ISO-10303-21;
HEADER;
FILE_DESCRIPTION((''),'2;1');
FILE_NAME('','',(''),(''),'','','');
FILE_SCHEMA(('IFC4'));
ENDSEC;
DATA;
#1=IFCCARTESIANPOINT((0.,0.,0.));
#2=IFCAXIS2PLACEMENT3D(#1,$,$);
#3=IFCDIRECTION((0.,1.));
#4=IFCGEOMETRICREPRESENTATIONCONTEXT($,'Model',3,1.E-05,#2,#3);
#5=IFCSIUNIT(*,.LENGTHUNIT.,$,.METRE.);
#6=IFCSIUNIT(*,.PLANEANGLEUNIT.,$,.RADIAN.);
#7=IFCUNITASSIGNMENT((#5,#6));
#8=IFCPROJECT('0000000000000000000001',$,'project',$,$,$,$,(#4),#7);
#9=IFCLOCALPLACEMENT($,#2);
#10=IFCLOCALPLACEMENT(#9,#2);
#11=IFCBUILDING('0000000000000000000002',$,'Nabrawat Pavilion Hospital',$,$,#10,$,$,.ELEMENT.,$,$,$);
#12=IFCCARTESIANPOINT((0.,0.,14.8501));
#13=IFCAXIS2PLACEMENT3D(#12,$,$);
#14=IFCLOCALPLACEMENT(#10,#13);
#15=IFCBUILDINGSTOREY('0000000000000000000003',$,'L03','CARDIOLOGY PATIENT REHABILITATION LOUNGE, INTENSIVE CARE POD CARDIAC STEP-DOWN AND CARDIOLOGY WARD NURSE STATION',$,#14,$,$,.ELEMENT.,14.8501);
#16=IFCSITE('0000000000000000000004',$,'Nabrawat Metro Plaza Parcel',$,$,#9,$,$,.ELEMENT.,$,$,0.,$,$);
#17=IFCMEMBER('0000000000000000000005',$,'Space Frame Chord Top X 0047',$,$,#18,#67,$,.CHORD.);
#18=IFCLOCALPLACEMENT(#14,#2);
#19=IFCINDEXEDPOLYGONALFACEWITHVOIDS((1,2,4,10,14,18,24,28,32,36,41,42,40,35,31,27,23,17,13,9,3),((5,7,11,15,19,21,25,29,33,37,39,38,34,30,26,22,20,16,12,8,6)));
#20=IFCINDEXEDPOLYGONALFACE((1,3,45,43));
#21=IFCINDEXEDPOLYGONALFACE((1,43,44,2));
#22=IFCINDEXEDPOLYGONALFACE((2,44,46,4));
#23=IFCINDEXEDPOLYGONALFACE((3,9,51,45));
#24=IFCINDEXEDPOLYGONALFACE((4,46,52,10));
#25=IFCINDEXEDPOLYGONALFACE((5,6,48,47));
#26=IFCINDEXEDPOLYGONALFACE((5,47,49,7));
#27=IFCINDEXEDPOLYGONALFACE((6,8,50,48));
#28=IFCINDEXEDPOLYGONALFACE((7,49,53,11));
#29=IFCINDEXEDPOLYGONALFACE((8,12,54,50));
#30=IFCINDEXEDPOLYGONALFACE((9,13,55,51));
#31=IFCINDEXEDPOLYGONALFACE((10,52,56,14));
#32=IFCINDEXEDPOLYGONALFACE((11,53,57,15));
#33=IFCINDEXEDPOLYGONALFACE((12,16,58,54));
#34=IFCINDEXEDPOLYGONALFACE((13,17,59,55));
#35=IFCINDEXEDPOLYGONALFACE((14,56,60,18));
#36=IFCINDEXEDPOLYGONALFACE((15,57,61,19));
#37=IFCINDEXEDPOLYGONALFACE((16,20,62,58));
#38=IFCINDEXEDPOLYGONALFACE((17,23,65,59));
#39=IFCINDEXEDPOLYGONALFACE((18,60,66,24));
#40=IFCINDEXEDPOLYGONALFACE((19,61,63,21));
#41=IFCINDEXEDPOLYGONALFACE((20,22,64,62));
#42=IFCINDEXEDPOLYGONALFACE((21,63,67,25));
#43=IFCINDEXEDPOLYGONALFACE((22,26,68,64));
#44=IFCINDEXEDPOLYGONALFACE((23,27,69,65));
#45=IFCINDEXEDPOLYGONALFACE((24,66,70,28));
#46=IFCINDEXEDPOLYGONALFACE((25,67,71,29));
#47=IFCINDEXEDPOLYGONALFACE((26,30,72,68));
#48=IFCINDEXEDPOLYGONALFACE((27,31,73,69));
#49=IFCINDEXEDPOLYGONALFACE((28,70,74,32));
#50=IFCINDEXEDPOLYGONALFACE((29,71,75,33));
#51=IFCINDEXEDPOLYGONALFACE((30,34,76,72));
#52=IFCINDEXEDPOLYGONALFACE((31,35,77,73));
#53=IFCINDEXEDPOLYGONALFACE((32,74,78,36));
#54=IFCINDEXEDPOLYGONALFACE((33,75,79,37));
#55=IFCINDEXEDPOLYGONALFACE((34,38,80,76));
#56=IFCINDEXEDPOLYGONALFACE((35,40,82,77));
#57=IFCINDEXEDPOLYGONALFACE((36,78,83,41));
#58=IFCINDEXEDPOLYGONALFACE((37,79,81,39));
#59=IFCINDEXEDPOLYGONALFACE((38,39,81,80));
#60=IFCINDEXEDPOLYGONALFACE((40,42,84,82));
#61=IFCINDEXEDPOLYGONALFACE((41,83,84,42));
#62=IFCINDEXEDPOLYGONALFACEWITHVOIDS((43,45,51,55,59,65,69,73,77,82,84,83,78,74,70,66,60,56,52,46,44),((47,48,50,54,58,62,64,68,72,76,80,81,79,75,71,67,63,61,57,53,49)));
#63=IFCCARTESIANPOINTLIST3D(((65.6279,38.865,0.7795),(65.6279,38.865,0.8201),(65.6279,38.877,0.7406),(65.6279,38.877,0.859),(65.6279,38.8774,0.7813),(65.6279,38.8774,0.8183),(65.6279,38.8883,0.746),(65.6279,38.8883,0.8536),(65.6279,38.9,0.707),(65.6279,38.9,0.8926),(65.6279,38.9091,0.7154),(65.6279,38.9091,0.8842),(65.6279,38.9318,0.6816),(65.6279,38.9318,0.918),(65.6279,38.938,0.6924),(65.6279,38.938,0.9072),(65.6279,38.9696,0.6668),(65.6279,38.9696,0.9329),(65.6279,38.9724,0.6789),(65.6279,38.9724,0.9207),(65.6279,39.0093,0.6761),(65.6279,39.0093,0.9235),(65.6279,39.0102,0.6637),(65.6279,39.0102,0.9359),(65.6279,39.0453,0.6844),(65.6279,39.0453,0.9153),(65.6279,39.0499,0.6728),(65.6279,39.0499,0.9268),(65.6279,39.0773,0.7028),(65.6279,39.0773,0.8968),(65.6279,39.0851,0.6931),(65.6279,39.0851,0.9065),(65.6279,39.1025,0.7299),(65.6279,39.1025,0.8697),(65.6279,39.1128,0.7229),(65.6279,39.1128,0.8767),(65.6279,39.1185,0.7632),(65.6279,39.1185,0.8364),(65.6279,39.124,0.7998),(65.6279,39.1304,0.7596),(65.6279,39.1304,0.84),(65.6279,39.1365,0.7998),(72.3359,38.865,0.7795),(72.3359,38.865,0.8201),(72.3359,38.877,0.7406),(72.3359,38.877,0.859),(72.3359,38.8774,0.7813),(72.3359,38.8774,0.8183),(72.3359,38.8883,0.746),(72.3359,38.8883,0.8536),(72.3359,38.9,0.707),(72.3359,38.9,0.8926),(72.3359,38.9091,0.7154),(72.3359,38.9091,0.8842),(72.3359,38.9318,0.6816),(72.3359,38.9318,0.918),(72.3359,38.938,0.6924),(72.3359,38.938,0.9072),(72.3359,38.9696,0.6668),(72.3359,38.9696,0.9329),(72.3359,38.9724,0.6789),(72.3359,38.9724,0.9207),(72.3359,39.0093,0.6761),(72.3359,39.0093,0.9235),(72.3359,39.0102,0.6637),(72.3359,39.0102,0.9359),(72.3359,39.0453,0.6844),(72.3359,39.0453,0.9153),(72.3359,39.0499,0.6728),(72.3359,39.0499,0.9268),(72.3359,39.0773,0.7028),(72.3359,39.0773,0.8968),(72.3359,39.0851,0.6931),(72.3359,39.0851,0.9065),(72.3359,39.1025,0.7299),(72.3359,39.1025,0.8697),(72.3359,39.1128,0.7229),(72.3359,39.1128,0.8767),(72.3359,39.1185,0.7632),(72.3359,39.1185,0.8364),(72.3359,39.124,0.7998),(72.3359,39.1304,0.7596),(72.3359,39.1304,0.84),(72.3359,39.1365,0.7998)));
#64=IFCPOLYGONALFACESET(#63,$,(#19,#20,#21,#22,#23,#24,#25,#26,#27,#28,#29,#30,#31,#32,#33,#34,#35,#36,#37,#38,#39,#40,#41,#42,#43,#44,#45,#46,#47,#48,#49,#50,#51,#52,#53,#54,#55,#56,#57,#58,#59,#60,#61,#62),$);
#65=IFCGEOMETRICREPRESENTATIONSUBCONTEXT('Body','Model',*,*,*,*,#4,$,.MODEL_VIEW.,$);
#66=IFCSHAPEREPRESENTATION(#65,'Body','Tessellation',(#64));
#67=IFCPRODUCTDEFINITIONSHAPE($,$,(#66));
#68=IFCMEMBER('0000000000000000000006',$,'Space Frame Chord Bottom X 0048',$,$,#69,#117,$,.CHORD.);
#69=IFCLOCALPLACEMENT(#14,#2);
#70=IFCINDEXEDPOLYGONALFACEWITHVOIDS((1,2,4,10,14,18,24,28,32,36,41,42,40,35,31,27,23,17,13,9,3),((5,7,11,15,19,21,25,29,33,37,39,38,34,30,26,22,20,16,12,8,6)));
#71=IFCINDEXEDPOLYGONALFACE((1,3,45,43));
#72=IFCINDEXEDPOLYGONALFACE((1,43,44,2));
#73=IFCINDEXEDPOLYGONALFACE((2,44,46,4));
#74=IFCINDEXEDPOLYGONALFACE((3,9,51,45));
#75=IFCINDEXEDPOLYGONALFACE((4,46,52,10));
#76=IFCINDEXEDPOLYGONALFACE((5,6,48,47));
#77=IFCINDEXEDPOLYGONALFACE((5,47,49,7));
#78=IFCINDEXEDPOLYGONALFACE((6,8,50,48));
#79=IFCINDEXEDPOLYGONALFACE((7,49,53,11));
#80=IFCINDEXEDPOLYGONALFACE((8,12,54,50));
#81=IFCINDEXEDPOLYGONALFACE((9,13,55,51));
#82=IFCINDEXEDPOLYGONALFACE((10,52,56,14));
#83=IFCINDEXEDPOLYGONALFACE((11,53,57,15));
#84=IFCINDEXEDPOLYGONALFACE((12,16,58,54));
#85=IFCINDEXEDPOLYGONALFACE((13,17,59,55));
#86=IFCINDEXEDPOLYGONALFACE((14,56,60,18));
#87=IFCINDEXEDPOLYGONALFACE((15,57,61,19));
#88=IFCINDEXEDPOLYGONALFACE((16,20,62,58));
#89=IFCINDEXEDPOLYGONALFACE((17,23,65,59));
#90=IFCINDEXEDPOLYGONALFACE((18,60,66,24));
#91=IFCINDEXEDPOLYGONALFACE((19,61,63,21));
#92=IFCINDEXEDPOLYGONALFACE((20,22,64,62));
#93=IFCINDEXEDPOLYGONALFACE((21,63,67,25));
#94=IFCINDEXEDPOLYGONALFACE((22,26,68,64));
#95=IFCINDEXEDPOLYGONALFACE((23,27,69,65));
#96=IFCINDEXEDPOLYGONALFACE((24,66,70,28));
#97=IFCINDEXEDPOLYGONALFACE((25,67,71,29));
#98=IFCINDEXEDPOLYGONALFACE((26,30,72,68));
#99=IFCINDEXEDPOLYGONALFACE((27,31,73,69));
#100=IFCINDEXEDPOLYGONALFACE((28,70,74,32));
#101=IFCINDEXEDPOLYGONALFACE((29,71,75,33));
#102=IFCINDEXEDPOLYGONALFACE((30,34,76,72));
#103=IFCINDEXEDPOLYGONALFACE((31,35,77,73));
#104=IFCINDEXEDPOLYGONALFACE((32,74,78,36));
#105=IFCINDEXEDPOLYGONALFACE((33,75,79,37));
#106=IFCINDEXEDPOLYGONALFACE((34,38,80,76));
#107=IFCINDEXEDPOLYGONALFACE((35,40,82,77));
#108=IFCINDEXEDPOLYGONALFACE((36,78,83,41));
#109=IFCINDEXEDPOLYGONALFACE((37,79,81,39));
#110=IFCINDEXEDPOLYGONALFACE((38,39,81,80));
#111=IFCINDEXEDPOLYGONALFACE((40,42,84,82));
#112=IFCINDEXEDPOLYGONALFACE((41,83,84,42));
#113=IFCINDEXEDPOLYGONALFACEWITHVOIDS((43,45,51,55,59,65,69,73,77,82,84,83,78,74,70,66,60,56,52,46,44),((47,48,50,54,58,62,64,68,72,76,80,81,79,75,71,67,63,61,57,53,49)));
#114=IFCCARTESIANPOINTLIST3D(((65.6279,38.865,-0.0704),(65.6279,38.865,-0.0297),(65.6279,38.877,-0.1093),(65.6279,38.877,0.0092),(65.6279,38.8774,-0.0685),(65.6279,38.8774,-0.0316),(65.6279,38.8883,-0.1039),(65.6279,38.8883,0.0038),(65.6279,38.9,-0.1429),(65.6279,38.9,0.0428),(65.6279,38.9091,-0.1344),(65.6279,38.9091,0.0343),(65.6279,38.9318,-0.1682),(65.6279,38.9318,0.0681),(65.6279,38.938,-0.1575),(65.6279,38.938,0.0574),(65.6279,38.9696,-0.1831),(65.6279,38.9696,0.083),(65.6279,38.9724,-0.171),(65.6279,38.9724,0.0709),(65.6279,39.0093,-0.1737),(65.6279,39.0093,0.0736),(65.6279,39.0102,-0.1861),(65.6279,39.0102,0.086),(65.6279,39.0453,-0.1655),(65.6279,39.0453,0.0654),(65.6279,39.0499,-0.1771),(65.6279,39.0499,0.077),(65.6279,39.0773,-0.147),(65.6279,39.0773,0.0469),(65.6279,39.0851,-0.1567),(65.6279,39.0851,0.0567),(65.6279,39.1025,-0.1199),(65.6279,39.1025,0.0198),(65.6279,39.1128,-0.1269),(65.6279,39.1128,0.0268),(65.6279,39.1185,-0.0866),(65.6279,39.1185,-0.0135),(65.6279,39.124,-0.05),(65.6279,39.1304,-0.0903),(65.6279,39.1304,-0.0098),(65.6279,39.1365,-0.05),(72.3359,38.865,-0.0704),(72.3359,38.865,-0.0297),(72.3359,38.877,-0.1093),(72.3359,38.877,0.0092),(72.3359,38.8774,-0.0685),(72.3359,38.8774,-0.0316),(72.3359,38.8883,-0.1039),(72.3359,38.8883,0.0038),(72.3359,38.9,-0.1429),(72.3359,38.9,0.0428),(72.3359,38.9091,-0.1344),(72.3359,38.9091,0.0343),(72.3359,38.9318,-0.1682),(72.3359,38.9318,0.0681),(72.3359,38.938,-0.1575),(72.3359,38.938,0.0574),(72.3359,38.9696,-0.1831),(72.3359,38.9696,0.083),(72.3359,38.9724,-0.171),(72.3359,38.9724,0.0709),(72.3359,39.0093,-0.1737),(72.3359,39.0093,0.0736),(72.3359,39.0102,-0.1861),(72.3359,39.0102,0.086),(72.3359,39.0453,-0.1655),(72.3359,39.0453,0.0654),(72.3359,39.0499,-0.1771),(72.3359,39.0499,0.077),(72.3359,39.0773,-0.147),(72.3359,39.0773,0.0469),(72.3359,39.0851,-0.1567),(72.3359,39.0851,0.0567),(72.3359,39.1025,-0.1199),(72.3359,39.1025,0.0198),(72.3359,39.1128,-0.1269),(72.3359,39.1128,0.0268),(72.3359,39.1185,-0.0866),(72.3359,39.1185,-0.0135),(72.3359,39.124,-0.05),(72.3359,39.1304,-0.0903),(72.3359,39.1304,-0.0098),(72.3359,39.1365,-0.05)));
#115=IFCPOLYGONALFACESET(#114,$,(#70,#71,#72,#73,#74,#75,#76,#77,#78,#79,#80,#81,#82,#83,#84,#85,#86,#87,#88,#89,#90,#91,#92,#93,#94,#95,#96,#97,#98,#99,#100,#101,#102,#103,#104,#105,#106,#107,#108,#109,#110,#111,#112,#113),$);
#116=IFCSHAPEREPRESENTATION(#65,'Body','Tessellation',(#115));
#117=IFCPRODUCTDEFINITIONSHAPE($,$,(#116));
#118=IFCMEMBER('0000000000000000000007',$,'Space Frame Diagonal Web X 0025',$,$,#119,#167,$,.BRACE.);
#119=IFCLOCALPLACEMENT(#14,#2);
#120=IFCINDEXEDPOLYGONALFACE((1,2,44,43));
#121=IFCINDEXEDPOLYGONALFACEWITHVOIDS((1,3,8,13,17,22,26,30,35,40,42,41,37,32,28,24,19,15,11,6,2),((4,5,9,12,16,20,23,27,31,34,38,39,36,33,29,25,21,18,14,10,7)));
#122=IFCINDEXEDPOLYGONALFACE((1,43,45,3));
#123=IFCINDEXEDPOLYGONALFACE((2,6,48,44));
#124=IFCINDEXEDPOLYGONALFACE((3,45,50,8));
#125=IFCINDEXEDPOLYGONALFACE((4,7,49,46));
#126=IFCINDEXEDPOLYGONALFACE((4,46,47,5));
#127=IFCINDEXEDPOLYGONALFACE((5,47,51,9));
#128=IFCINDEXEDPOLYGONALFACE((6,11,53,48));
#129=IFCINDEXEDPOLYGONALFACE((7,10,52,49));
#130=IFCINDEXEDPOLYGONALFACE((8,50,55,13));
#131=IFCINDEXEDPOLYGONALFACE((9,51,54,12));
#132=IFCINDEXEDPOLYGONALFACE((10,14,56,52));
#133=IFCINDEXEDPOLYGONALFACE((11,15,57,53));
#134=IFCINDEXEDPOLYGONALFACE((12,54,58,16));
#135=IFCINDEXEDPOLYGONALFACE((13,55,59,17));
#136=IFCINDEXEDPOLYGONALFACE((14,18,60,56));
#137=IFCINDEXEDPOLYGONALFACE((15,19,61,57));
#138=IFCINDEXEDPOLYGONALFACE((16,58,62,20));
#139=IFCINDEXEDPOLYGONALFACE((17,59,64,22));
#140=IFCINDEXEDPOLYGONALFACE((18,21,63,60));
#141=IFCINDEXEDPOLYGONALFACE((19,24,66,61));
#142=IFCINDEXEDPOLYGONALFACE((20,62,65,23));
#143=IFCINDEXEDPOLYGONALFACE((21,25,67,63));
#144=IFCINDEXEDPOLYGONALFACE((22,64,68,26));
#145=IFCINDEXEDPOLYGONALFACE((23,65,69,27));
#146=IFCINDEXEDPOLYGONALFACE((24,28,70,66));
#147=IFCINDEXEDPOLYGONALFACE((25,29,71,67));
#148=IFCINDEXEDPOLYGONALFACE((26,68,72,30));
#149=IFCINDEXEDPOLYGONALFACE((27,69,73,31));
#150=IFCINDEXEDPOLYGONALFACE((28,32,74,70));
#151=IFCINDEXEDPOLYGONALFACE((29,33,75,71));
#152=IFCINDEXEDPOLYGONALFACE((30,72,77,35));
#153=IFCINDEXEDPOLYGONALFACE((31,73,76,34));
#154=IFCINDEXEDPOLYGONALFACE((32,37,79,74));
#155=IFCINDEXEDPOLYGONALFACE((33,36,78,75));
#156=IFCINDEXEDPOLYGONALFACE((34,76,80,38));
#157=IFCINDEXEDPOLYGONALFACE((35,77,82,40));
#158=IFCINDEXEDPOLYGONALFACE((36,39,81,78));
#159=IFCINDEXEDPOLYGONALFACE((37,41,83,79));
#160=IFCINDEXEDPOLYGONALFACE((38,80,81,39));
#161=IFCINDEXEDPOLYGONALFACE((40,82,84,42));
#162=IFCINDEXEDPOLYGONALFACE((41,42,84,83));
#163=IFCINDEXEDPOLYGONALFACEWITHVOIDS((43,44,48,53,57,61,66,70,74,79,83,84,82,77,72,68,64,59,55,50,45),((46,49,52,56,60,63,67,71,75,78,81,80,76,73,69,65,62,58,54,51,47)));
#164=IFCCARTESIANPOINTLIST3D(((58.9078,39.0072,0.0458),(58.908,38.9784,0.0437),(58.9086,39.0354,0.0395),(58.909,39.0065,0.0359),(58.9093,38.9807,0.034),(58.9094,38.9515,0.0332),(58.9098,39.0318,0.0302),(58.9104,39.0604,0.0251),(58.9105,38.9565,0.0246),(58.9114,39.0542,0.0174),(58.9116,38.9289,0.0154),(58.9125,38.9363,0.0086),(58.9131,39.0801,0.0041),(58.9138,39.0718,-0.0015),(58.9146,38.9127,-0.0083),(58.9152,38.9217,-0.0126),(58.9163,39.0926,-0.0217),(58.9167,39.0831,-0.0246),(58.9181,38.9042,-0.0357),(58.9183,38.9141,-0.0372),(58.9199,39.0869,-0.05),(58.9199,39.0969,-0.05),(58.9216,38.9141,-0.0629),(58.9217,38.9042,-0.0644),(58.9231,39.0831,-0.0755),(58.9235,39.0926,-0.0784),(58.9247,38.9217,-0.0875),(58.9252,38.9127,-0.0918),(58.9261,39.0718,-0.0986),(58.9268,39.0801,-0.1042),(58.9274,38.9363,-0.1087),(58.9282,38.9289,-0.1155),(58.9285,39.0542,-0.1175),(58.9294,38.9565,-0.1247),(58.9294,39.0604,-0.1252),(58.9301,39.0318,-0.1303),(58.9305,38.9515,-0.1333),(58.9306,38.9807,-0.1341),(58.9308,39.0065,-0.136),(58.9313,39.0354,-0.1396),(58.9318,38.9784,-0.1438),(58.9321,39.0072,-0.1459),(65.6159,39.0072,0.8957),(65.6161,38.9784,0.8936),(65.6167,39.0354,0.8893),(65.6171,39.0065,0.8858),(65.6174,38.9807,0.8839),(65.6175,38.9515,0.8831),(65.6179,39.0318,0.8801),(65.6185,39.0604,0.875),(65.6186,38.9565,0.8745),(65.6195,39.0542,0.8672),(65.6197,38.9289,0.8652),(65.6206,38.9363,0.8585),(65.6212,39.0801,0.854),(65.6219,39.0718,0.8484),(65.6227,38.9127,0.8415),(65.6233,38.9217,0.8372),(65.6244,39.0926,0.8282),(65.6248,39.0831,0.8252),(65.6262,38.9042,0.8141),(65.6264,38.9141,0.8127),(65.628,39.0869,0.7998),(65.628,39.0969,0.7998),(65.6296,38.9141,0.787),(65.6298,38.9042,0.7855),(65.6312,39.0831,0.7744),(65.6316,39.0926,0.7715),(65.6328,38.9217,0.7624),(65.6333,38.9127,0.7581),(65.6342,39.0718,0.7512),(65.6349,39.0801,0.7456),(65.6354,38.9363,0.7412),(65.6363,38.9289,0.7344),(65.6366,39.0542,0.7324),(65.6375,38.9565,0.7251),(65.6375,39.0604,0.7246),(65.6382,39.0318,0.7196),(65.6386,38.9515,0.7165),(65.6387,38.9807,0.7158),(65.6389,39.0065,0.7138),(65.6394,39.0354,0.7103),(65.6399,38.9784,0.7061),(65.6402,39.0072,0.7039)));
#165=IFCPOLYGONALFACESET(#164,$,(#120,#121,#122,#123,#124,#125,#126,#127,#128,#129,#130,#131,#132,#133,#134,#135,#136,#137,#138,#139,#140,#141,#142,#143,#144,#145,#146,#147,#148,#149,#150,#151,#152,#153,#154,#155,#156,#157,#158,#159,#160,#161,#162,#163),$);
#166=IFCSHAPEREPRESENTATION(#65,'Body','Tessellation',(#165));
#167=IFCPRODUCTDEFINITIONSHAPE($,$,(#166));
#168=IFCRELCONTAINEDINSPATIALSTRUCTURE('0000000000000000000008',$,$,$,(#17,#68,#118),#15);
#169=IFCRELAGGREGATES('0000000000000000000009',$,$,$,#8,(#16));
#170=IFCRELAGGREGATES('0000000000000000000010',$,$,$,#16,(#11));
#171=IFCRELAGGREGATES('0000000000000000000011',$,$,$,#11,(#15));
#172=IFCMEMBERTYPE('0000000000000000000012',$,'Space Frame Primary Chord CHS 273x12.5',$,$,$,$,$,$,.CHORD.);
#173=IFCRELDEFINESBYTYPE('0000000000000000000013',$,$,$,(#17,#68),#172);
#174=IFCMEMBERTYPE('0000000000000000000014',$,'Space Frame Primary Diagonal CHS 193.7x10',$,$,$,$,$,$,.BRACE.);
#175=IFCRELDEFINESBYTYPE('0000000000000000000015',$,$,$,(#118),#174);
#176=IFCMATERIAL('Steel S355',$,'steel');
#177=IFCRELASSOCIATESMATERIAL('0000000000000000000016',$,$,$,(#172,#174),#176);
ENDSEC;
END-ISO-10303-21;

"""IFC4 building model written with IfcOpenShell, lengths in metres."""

from ifc_helpers import new_model, si_unit, direction, frame, origin, origin_2d, place, context, subcontext, project, spatial, hollow_circle, extrude, material, material_profile, profile_set, type_object, element, save


model = new_model("IFC4")

# Units and contexts
model_context = context("Model", 3, precision=1e-05, world=origin(), true_north=direction((0.0, 1.0)))
body_context = subcontext(model_context, "Body", "Model", "MODEL_VIEW")
ifc_project = project(units=[si_unit("LENGTHUNIT", "METRE"), si_unit("PLANEANGLEUNIT", "RADIAN")], contexts=[model_context])

# Site, building, storey
site_placement = place(None, origin())
site = spatial("IfcSite", under=ifc_project, at=site_placement, Name="Nabrawat Metro Plaza Parcel", CompositionType="ELEMENT", RefElevation=0.0)
building_placement = place(site_placement, origin())
building = spatial("IfcBuilding", under=site, at=building_placement, Name="Nabrawat Pavilion Hospital", CompositionType="ELEMENT")
storey_placement = place(building_placement, frame((0.0, 0.0, 14.8501)))
storey = spatial("IfcBuildingStorey", under=building, at=storey_placement, Name="L03", Description="CARDIOLOGY PATIENT REHABILITATION LOUNGE, INTENSIVE CARE POD CARDIAC STEP-DOWN AND CARDIOLOGY WARD NURSE STATION", CompositionType="ELEMENT", Elevation=14.8501)

# Shared definitions
ifc_material_1 = material(Name="Steel S355", Category="steel")

# Members
ifc_material_profile_1 = material_profile(ifc_material_1, hollow_circle(Radius=0.1365, WallThickness=0.0125, at=origin_2d()), Name="CHS 273x12.5")
ifc_profile_set_1 = profile_set([ifc_material_profile_1], Name="Steel S355")
member_type_1 = type_object("IfcMemberType", Name="Space Frame Primary Chord CHS 273x12.5", PredefinedType="CHORD", material=ifc_profile_set_1)
for number, where, z_axis, x_axis, name in (
    (1, (65.6279, 39.0, 0.7998), (1.0, 0.0, 0.0), (0.0, 1.0, 0.0), "Space Frame Chord Top X 0047"),
    (2, (65.6279, 39.0, -0.05), (1.0, 0.0, 0.0), (0.0, 1.0, 0.0), "Space Frame Chord Bottom X 0048"),
):
    element("IfcMember", number, at=place(storey_placement, frame(where, z_axis=z_axis, x_axis=x_axis)), inside=storey, type_object=member_type_1, Name=name, PredefinedType="CHORD", context=body_context, shape_type="SweptSolid", body=[
        extrude(hollow_circle(Radius=0.1365, WallThickness=0.0125, at=origin_2d()), origin(), (0.0, 0.0, 1.0), 6.708),
    ])
ifc_material_profile_2 = material_profile(ifc_material_1, hollow_circle(Radius=0.0969, WallThickness=0.01, at=origin_2d()), Name="CHS 193.7x10")
ifc_profile_set_2 = profile_set([ifc_material_profile_2], Name="Steel S355")
member_type_2 = type_object("IfcMemberType", Name="Space Frame Primary Diagonal CHS 193.7x10", PredefinedType="BRACE", material=ifc_profile_set_2)
for number, where, z_axis, x_axis, name in (
    (3, (58.9199, 39.0, -0.05), (0.99207, 0.0, 0.125688), (0.0, 1.0, 0.0), "Space Frame Diagonal Web X 0025"),
):
    element("IfcMember", number, at=place(storey_placement, frame(where, z_axis=z_axis, x_axis=x_axis)), inside=storey, type_object=member_type_2, Name=name, PredefinedType="BRACE", context=body_context, shape_type="SweptSolid", body=[
        extrude(hollow_circle(Radius=0.0969, WallThickness=0.01, at=origin_2d()), origin(), (0.0, 0.0, 1.0), 6.7617),
    ])

save(model, "model.ifc")
